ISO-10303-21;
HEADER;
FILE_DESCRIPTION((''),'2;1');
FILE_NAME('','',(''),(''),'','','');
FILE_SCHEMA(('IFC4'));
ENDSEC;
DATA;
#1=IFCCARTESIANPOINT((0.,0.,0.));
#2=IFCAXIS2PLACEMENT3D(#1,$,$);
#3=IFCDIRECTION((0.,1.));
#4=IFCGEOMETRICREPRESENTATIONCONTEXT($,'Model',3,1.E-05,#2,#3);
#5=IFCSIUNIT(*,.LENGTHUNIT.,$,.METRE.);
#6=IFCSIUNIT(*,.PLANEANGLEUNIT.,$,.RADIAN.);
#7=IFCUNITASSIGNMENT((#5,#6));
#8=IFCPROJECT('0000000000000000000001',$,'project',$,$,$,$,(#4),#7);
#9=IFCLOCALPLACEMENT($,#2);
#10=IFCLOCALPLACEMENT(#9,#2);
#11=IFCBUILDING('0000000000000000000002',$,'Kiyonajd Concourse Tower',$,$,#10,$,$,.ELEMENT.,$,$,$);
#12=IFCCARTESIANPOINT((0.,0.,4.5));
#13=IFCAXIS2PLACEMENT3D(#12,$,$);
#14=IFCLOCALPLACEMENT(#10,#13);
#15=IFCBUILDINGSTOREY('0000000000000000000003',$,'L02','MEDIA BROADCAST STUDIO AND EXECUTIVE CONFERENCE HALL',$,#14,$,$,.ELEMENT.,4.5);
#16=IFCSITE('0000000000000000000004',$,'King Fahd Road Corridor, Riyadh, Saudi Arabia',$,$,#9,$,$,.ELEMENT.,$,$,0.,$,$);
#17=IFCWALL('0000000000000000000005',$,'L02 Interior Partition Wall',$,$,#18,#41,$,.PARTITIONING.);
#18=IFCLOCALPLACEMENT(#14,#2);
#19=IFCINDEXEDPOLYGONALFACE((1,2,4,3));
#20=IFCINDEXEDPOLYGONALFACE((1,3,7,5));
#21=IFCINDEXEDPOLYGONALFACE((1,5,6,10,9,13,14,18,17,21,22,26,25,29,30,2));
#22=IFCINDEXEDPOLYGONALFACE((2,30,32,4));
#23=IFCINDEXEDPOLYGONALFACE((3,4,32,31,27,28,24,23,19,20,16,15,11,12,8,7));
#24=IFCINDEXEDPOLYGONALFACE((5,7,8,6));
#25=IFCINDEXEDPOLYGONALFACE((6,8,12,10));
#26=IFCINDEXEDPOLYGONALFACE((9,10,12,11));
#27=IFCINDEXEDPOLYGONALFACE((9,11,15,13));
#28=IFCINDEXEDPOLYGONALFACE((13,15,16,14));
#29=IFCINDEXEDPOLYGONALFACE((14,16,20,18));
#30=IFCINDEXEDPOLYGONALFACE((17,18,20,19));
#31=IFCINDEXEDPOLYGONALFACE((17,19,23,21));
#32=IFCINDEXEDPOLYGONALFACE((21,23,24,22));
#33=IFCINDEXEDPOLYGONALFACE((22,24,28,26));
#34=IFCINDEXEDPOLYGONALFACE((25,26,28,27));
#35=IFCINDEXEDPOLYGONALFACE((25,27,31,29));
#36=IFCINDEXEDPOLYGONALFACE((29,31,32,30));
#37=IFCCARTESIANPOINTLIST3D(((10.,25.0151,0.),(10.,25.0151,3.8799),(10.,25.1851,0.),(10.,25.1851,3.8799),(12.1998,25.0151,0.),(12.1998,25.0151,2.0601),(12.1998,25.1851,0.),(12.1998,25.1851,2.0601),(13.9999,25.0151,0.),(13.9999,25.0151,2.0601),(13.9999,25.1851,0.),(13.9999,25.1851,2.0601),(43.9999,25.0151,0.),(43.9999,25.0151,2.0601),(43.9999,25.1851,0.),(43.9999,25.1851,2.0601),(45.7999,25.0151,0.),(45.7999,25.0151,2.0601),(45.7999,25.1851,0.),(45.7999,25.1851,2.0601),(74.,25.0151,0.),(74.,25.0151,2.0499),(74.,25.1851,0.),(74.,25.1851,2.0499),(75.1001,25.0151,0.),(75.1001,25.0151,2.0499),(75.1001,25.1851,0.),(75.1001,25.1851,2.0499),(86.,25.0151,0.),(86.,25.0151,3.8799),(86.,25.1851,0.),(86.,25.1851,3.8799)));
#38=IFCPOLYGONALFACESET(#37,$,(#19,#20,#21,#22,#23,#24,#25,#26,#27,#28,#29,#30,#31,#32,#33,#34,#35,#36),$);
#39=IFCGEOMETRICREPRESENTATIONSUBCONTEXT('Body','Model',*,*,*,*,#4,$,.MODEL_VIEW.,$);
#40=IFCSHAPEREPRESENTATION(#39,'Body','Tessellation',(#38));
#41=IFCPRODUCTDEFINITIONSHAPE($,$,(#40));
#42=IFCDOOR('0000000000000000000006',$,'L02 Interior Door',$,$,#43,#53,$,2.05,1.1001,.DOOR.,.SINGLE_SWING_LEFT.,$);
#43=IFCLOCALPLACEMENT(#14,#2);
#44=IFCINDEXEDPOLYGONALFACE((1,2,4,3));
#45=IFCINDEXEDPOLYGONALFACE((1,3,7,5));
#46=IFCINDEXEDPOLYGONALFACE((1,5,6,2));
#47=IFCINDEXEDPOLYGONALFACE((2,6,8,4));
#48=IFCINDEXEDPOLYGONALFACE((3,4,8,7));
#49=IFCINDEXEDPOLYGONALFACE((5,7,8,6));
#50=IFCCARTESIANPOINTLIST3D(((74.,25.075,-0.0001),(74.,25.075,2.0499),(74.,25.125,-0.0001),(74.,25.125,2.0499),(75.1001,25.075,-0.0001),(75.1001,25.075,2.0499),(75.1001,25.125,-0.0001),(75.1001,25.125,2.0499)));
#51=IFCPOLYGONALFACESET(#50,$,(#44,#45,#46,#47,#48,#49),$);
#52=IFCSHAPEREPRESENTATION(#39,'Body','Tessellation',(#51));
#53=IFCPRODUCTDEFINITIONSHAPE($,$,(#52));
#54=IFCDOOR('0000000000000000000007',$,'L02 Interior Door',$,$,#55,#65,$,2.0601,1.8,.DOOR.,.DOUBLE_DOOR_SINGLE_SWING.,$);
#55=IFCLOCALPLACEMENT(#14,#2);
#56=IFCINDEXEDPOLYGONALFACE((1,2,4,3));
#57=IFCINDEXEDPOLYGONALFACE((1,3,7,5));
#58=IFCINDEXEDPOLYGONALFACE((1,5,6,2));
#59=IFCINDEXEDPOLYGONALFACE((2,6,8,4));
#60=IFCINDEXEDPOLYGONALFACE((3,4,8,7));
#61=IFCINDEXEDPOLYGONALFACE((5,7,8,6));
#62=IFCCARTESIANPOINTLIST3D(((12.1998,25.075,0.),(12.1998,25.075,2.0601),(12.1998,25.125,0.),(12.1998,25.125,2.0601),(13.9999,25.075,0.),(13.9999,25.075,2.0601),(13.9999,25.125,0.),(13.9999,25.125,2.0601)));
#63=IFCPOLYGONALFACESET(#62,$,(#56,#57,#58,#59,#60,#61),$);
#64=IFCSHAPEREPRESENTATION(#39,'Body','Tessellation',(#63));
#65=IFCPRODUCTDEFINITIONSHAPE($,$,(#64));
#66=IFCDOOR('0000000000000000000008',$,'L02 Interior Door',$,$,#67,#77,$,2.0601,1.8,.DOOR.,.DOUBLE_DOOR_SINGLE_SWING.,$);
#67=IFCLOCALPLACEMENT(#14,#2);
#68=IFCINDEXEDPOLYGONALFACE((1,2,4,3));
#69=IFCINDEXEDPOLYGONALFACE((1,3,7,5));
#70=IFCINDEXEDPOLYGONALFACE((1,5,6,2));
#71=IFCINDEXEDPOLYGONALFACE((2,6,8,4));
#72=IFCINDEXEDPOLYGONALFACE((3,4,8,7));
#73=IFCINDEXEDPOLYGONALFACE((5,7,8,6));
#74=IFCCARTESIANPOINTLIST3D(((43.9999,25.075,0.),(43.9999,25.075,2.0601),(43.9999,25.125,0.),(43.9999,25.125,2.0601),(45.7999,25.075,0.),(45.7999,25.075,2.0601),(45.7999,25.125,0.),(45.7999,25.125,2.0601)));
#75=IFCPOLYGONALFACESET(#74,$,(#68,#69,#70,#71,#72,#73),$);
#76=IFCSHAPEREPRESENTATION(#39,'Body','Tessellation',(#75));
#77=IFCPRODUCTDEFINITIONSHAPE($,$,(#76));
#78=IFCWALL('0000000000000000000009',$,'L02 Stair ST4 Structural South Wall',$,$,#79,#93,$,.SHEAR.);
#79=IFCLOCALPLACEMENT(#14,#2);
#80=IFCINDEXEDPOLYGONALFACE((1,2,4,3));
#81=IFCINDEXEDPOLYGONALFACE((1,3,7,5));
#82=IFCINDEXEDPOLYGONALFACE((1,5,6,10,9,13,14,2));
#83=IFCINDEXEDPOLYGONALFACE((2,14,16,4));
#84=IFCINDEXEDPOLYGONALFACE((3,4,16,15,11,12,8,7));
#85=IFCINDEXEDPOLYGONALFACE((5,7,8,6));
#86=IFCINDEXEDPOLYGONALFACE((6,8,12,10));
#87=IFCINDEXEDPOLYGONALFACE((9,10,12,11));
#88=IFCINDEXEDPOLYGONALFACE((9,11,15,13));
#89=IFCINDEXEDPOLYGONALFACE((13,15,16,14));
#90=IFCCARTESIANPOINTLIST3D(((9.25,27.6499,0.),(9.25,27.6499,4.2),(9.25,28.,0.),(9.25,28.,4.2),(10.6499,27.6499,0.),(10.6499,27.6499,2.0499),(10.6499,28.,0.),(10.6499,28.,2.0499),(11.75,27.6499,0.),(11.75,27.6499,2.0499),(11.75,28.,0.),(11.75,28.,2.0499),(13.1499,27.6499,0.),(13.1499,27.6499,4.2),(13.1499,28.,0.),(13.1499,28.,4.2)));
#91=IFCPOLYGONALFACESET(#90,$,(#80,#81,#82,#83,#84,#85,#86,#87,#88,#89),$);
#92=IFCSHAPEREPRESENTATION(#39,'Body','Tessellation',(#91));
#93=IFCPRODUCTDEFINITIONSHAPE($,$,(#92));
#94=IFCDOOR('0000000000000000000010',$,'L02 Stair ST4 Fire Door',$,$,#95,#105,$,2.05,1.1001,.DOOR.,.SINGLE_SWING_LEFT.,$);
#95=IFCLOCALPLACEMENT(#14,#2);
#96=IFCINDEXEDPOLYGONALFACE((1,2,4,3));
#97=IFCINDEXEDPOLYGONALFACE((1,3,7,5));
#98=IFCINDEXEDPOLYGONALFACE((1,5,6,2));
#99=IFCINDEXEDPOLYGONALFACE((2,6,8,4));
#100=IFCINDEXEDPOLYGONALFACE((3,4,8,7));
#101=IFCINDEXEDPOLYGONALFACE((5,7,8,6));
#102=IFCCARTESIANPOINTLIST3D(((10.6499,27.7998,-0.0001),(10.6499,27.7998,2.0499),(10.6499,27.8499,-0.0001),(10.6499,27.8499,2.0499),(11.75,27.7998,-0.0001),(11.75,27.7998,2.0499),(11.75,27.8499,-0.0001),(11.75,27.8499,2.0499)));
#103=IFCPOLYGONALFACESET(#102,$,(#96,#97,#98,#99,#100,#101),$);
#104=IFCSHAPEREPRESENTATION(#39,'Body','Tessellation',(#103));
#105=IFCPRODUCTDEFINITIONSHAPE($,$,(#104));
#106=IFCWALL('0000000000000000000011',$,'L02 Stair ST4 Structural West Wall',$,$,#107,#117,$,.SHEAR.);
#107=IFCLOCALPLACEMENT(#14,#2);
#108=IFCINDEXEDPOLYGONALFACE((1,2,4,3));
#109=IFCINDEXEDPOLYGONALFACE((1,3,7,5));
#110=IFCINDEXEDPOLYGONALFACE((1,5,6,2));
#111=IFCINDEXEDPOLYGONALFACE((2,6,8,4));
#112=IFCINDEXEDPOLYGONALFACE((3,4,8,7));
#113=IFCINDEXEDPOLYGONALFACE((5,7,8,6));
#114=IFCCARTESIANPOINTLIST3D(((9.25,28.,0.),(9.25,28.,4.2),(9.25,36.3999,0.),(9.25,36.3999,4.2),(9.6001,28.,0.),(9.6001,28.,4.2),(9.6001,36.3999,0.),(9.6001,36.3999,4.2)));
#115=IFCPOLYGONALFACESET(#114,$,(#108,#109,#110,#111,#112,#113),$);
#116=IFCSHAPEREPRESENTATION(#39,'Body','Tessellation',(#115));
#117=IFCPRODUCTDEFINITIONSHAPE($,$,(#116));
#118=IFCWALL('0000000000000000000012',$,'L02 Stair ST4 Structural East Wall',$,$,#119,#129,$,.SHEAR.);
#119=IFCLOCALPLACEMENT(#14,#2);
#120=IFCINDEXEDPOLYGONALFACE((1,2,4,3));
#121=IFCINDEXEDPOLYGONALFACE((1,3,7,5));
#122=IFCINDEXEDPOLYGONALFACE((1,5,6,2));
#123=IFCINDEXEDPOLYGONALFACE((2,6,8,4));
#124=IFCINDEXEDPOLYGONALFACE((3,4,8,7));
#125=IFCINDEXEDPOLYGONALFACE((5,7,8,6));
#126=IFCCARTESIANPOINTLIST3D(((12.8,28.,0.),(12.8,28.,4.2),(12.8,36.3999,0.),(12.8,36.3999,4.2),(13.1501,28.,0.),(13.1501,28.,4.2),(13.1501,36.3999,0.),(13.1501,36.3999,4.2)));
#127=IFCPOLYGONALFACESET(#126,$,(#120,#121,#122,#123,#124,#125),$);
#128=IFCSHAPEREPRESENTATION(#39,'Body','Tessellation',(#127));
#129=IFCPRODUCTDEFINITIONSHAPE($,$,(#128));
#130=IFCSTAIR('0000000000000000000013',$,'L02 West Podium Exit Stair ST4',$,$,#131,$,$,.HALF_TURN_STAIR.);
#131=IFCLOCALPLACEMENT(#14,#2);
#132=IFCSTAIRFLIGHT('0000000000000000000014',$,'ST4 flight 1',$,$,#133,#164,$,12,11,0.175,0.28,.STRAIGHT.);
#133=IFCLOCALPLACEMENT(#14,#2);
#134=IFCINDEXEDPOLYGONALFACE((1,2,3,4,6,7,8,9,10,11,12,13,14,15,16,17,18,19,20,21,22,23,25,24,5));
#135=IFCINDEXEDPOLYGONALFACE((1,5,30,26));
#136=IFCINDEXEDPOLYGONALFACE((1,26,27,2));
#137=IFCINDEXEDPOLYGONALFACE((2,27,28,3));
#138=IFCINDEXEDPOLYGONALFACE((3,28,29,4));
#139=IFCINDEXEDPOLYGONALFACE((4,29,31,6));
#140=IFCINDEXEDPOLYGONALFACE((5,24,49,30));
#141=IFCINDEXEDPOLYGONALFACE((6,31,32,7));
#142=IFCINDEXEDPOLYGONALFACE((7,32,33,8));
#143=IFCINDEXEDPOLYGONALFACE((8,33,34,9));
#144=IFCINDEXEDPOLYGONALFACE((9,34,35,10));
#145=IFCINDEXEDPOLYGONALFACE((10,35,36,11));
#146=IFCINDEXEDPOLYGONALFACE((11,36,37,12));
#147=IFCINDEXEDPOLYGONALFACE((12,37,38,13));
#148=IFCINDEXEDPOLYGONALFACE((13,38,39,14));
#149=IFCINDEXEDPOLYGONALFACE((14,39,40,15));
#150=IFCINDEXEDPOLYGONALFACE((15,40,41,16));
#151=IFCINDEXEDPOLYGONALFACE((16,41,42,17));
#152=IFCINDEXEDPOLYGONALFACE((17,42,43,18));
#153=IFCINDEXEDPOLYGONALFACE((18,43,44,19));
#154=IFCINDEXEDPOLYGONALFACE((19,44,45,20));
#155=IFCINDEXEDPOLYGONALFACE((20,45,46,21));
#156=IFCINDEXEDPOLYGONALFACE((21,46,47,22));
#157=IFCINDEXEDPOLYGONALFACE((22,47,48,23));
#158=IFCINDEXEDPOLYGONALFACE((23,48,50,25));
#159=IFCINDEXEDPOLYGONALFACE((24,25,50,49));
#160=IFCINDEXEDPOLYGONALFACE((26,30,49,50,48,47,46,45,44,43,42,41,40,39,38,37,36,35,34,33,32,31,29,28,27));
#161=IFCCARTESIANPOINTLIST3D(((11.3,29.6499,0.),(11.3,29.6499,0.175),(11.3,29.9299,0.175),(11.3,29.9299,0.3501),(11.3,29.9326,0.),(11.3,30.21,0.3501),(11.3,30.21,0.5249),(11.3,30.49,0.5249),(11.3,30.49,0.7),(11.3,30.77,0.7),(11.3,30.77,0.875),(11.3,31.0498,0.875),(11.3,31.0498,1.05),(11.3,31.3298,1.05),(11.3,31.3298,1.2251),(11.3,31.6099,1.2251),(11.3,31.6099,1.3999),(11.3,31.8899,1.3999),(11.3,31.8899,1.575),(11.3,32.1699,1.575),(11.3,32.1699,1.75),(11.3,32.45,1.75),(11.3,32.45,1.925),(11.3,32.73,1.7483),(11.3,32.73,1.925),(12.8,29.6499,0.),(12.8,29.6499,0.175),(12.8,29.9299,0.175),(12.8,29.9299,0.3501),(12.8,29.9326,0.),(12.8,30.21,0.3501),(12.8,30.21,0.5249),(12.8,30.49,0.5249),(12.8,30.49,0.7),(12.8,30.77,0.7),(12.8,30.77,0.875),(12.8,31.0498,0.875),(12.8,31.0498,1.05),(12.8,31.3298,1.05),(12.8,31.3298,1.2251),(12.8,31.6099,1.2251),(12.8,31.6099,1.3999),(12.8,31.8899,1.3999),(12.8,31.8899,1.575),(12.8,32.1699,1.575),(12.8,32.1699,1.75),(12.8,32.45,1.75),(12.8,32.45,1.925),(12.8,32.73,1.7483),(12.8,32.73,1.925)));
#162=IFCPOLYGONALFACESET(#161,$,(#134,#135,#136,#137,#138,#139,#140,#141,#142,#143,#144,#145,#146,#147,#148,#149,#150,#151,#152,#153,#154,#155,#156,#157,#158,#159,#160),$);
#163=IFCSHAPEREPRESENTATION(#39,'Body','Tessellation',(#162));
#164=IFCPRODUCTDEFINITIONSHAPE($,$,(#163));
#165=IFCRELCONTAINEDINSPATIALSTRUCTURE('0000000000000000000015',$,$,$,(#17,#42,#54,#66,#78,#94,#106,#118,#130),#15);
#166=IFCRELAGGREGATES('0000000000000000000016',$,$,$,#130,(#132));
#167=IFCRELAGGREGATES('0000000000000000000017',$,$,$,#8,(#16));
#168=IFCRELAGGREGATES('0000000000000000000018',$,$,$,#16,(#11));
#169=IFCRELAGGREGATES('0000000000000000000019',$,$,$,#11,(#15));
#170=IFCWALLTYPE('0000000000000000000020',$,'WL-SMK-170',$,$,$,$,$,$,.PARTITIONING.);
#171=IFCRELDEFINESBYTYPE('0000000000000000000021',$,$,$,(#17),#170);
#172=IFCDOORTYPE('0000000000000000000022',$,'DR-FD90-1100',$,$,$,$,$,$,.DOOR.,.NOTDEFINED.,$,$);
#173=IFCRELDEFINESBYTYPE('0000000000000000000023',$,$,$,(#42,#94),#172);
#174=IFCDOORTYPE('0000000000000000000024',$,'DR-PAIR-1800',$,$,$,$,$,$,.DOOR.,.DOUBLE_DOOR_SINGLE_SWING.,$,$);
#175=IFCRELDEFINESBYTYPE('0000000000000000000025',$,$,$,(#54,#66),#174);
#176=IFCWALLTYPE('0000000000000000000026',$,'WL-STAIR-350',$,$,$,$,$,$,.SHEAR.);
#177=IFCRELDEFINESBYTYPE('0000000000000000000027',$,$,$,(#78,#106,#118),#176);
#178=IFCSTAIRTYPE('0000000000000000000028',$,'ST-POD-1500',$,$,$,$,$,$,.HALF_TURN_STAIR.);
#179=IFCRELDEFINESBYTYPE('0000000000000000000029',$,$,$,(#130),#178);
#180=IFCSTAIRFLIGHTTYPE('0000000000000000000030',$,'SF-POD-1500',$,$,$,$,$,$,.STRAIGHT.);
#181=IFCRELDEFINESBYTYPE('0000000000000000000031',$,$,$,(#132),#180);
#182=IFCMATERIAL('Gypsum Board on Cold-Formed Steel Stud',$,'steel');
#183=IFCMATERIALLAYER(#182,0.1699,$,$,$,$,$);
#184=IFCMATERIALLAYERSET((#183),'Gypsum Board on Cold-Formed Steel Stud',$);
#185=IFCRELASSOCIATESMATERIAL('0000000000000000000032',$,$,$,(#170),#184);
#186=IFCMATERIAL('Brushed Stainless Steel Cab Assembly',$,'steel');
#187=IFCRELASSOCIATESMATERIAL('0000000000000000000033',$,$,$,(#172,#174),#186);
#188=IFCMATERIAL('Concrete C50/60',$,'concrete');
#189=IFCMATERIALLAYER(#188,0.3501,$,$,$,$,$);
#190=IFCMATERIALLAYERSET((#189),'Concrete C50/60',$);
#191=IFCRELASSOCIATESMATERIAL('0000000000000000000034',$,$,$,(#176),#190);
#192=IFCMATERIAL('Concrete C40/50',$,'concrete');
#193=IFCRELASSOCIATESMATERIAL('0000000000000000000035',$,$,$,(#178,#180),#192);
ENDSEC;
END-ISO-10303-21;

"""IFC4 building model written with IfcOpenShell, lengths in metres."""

from ifc_helpers import new_model, si_unit, direction, frame, frame_2d, origin, place, context, subcontext, project, spatial, polyline, rectangle, outline, extrude, material, layer, layer_set, type_object, element, fill, aggregate, save


model = new_model("IFC4")

# Units and contexts
model_context = context("Model", 3, precision=1e-05, world=origin(), true_north=direction((0.0, 1.0)))
body_context = subcontext(model_context, "Body", "Model", "MODEL_VIEW")
ifc_project = project(units=[si_unit("LENGTHUNIT", "METRE"), si_unit("PLANEANGLEUNIT", "RADIAN")], contexts=[model_context])

# Site, building, storey
site_placement = place(None, origin())
site = spatial("IfcSite", under=ifc_project, at=site_placement, Name="King Fahd Road Corridor, Riyadh, Saudi Arabia", CompositionType="ELEMENT", RefElevation=0.0)
building_placement = place(site_placement, origin())
building = spatial("IfcBuilding", under=site, at=building_placement, Name="Kiyonajd Concourse Tower", CompositionType="ELEMENT")
storey_placement = place(building_placement, frame((0.0, 0.0, 4.5)))
storey = spatial("IfcBuildingStorey", under=building, at=storey_placement, Name="L02", Description="MEDIA BROADCAST STUDIO AND EXECUTIVE CONFERENCE HALL", CompositionType="ELEMENT", Elevation=4.5)

# Shared definitions
ifc_material_1 = material(Name="Concrete C50/60", Category="concrete")

# Shared definitions
ifc_material_2 = material(Name="Gypsum Board on Cold-Formed Steel Stud", Category="steel")

# Wall, openings, doors
ifc_layer_1 = layer(ifc_material_2, 0.1699)
ifc_layer_set_1 = layer_set([ifc_layer_1], Name="Gypsum Board on Cold-Formed Steel Stud")
wall_type_1 = type_object("IfcWallType", Name="WL-SMK-170", PredefinedType="PARTITIONING", material=ifc_layer_set_1)
wall_1_placement = place(storey_placement, frame((10.0, 25.1001, 0.0), z_axis=(0.0, 0.0, 1.0), x_axis=(1.0, 0.0, 0.0)))
wall_1 = element("IfcWall", 1, at=wall_1_placement, inside=storey, type_object=wall_type_1, Name="L02 Interior Partition Wall", PredefinedType="PARTITIONING", context=body_context, shape_type="SweptSolid", body=[
    extrude(rectangle(XDim=76.0, YDim=0.1699, at=frame_2d((38.0, 0.0))), origin(), (0.0, 0.0, 1.0), 3.8799),
])
opening_1_placement = place(wall_1_placement, frame((2.2, 0.0, 0.0)))
opening_1 = element("IfcOpeningElement", 2, at=opening_1_placement, cuts=wall_1, PredefinedType="OPENING", context=body_context, shape_type="SweptSolid", body=[
    extrude(rectangle(XDim=1.8, YDim=2.0601, at=frame_2d((0.8999, 1.03))), frame((0.0, 0.095, 0.0), z_axis=(0.0, -1.0, 0.0), x_axis=(1.0, 0.0, 0.0)), (0.0, 0.0, 1.0), 0.1899),
])
opening_2_placement = place(wall_1_placement, frame((34.0, 0.0, 0.0)))
opening_2 = element("IfcOpeningElement", 3, at=opening_2_placement, cuts=wall_1, PredefinedType="OPENING", context=body_context, shape_type="SweptSolid", body=[
    extrude(rectangle(XDim=1.8, YDim=2.0601, at=frame_2d((0.8999, 1.03))), frame((0.0, 0.095, 0.0), z_axis=(0.0, -1.0, 0.0), x_axis=(1.0, 0.0, 0.0)), (0.0, 0.0, 1.0), 0.1899),
])
opening_3_placement = place(wall_1_placement, frame((64.0, 0.0, 0.0)))
opening_3 = element("IfcOpeningElement", 4, at=opening_3_placement, cuts=wall_1, PredefinedType="OPENING", context=body_context, shape_type="SweptSolid", body=[
    extrude(rectangle(XDim=1.1001, YDim=2.05, at=frame_2d((0.55, 1.0249))), frame((0.0, 0.095, 0.0), z_axis=(0.0, -1.0, 0.0), x_axis=(1.0, 0.0, 0.0)), (0.0, 0.0, 1.0), 0.1899),
])
ifc_material_3 = material(Name="Brushed Stainless Steel Cab Assembly", Category="steel")
door_type_1 = type_object("IfcDoorType", Name="DR-FD90-1100", OperationType="NOTDEFINED", PredefinedType="DOOR", material=ifc_material_3)
door_1_placement = place(opening_3_placement, origin())
door_1 = element("IfcDoor", 5, at=door_1_placement, inside=storey, type_object=door_type_1, Name="L02 Interior Door", OperationType="SINGLE_SWING_LEFT", OverallHeight=2.05, OverallWidth=1.1001, PredefinedType="DOOR", context=body_context, shape_type="SweptSolid", body=[
    extrude(rectangle(XDim=1.1001, YDim=2.05, at=frame_2d((0.55, 1.0249))), frame((0.0, 0.0249, 0.0), z_axis=(0.0, -1.0, 0.0), x_axis=(1.0, 0.0, 0.0)), (0.0, 0.0, 1.0), 0.05),
])
fill(opening_3, door_1)
door_type_2 = type_object("IfcDoorType", Name="DR-PAIR-1800", OperationType="DOUBLE_DOOR_SINGLE_SWING", PredefinedType="DOOR", material=ifc_material_3)
door_2_placement = place(opening_1_placement, origin())
door_2 = element("IfcDoor", 6, at=door_2_placement, inside=storey, type_object=door_type_2, Name="L02 Interior Door", OperationType="DOUBLE_DOOR_SINGLE_SWING", OverallHeight=2.0601, OverallWidth=1.8, PredefinedType="DOOR", context=body_context, shape_type="SweptSolid", body=[
    extrude(rectangle(XDim=1.8, YDim=2.0601, at=frame_2d((0.8999, 1.03))), frame((0.0, 0.0249, 0.0), z_axis=(0.0, -1.0, 0.0), x_axis=(1.0, 0.0, 0.0)), (0.0, 0.0, 1.0), 0.05),
])
fill(opening_1, door_2)
door_3_placement = place(opening_2_placement, origin())
door_3 = element("IfcDoor", 7, at=door_3_placement, inside=storey, type_object=door_type_2, Name="L02 Interior Door", OperationType="DOUBLE_DOOR_SINGLE_SWING", OverallHeight=2.0601, OverallWidth=1.8, PredefinedType="DOOR", context=body_context, shape_type="SweptSolid", body=[
    extrude(rectangle(XDim=1.8, YDim=2.0601, at=frame_2d((0.8999, 1.03))), frame((0.0, 0.0249, 0.0), z_axis=(0.0, -1.0, 0.0), x_axis=(1.0, 0.0, 0.0)), (0.0, 0.0, 1.0), 0.05),
])
fill(opening_2, door_3)

# Wall, opening, door
ifc_layer_2 = layer(ifc_material_1, 0.3501)
ifc_layer_set_2 = layer_set([ifc_layer_2], Name="Concrete C50/60")
wall_type_2 = type_object("IfcWallType", Name="WL-STAIR-350", PredefinedType="SHEAR", material=ifc_layer_set_2)
wall_2_placement = place(storey_placement, frame((9.25, 27.825, 0.0), z_axis=(0.0, 0.0, 1.0), x_axis=(1.0, 0.0, 0.0)))
wall_2 = element("IfcWall", 8, at=wall_2_placement, inside=storey, type_object=wall_type_2, Name="L02 Stair ST4 Structural South Wall", PredefinedType="SHEAR", context=body_context, shape_type="SweptSolid", body=[
    extrude(rectangle(XDim=3.8999, YDim=0.3501, at=frame_2d((1.95, 0.0))), origin(), (0.0, 0.0, 1.0), 4.2),
])
opening_4_placement = place(wall_2_placement, frame((1.3999, 0.0, 0.0)))
opening_4 = element("IfcOpeningElement", 9, at=opening_4_placement, cuts=wall_2, PredefinedType="OPENING", context=body_context, shape_type="SweptSolid", body=[
    extrude(rectangle(XDim=1.1001, YDim=2.05, at=frame_2d((0.55, 1.0249))), frame((0.0, 0.1851, 0.0), z_axis=(0.0, -1.0, 0.0), x_axis=(1.0, 0.0, 0.0)), (0.0, 0.0, 1.0), 0.3701),
])
door_4_placement = place(opening_4_placement, origin())
door_4 = element("IfcDoor", 10, at=door_4_placement, inside=storey, type_object=door_type_1, Name="L02 Stair ST4 Fire Door", OperationType="SINGLE_SWING_LEFT", OverallHeight=2.05, OverallWidth=1.1001, PredefinedType="DOOR", context=body_context, shape_type="SweptSolid", body=[
    extrude(rectangle(XDim=1.1001, YDim=2.05, at=frame_2d((0.55, 1.0249))), frame((0.0, 0.0249, 0.0), z_axis=(0.0, -1.0, 0.0), x_axis=(1.0, 0.0, 0.0)), (0.0, 0.0, 1.0), 0.05),
])
fill(opening_4, door_4)

# Walls
for number, where, z_axis, x_axis, name in (
    (11, (9.425, 28.0, 0.0), (0.0, 0.0, 1.0), (0.0, 1.0, 0.0), "L02 Stair ST4 Structural West Wall"),
    (12, (12.9751, 28.0, 0.0), (0.0, 0.0, 1.0), (0.0, 1.0, 0.0), "L02 Stair ST4 Structural East Wall"),
):
    element("IfcWall", number, at=place(storey_placement, frame(where, z_axis=z_axis, x_axis=x_axis)), inside=storey, type_object=wall_type_2, Name=name, PredefinedType="SHEAR", context=body_context, shape_type="SweptSolid", body=[
        extrude(rectangle(XDim=8.3999, YDim=0.3501, at=frame_2d((4.2, 0.0))), origin(), (0.0, 0.0, 1.0), 4.2),
    ])

# Stair, stair flight
ifc_material_4 = material(Name="Concrete C40/50", Category="concrete")
stair_type = type_object("IfcStairType", Name="ST-POD-1500", PredefinedType="HALF_TURN_STAIR", material=ifc_material_4)
stair_placement = place(storey_placement, origin())
stair = element("IfcStair", 13, at=stair_placement, inside=storey, type_object=stair_type, Name="L02 West Podium Exit Stair ST4", PredefinedType="HALF_TURN_STAIR")
stair_flight_type = type_object("IfcStairFlightType", Name="SF-POD-1500", PredefinedType="STRAIGHT", material=ifc_material_4)
stair_flight_placement = place(storey_placement, frame((12.05, 29.6499, 0.0), z_axis=(0.0, 0.0, 1.0), x_axis=(0.0, 1.0, 0.0)))
stair_flight = element("IfcStairFlight", 14, at=stair_flight_placement, type_object=stair_flight_type, Name="ST4 flight 1", NumberOfRisers=12, NumberOfTreads=11, PredefinedType="STRAIGHT", RiserHeight=0.175, TreadLength=0.28, context=body_context, shape_type="SweptSolid", body=[
    extrude(outline(polyline([(0.0, 0.0), (0.0, 0.175), (0.28, 0.175), (0.28, 0.3501), (0.5601, 0.3501), (0.5601, 0.5249), (0.8401, 0.5249), (0.8401, 0.7), (1.1201, 0.7), (1.1201, 0.875), (1.3999, 0.875), (1.3999, 1.05), (1.6799, 1.05), (1.6799, 1.2251), (1.96, 1.2251), (1.96, 1.3999), (2.24, 1.3999), (2.24, 1.575), (2.52, 1.575), (2.52, 1.75), (2.8, 1.75), (2.8, 1.925), (3.0801, 1.925), (3.0801, 2.1001), (3.0801, 1.7483), (0.2827, 0.0), (0.0, 0.0)])), frame((0.0, 0.75, 0.0), z_axis=(0.0, -1.0, 0.0), x_axis=(1.0, 0.0, 0.0)), (0.0, 0.0, 1.0), 1.5),
])
aggregate(stair, [stair_flight])

save(model, "model.ifc")
